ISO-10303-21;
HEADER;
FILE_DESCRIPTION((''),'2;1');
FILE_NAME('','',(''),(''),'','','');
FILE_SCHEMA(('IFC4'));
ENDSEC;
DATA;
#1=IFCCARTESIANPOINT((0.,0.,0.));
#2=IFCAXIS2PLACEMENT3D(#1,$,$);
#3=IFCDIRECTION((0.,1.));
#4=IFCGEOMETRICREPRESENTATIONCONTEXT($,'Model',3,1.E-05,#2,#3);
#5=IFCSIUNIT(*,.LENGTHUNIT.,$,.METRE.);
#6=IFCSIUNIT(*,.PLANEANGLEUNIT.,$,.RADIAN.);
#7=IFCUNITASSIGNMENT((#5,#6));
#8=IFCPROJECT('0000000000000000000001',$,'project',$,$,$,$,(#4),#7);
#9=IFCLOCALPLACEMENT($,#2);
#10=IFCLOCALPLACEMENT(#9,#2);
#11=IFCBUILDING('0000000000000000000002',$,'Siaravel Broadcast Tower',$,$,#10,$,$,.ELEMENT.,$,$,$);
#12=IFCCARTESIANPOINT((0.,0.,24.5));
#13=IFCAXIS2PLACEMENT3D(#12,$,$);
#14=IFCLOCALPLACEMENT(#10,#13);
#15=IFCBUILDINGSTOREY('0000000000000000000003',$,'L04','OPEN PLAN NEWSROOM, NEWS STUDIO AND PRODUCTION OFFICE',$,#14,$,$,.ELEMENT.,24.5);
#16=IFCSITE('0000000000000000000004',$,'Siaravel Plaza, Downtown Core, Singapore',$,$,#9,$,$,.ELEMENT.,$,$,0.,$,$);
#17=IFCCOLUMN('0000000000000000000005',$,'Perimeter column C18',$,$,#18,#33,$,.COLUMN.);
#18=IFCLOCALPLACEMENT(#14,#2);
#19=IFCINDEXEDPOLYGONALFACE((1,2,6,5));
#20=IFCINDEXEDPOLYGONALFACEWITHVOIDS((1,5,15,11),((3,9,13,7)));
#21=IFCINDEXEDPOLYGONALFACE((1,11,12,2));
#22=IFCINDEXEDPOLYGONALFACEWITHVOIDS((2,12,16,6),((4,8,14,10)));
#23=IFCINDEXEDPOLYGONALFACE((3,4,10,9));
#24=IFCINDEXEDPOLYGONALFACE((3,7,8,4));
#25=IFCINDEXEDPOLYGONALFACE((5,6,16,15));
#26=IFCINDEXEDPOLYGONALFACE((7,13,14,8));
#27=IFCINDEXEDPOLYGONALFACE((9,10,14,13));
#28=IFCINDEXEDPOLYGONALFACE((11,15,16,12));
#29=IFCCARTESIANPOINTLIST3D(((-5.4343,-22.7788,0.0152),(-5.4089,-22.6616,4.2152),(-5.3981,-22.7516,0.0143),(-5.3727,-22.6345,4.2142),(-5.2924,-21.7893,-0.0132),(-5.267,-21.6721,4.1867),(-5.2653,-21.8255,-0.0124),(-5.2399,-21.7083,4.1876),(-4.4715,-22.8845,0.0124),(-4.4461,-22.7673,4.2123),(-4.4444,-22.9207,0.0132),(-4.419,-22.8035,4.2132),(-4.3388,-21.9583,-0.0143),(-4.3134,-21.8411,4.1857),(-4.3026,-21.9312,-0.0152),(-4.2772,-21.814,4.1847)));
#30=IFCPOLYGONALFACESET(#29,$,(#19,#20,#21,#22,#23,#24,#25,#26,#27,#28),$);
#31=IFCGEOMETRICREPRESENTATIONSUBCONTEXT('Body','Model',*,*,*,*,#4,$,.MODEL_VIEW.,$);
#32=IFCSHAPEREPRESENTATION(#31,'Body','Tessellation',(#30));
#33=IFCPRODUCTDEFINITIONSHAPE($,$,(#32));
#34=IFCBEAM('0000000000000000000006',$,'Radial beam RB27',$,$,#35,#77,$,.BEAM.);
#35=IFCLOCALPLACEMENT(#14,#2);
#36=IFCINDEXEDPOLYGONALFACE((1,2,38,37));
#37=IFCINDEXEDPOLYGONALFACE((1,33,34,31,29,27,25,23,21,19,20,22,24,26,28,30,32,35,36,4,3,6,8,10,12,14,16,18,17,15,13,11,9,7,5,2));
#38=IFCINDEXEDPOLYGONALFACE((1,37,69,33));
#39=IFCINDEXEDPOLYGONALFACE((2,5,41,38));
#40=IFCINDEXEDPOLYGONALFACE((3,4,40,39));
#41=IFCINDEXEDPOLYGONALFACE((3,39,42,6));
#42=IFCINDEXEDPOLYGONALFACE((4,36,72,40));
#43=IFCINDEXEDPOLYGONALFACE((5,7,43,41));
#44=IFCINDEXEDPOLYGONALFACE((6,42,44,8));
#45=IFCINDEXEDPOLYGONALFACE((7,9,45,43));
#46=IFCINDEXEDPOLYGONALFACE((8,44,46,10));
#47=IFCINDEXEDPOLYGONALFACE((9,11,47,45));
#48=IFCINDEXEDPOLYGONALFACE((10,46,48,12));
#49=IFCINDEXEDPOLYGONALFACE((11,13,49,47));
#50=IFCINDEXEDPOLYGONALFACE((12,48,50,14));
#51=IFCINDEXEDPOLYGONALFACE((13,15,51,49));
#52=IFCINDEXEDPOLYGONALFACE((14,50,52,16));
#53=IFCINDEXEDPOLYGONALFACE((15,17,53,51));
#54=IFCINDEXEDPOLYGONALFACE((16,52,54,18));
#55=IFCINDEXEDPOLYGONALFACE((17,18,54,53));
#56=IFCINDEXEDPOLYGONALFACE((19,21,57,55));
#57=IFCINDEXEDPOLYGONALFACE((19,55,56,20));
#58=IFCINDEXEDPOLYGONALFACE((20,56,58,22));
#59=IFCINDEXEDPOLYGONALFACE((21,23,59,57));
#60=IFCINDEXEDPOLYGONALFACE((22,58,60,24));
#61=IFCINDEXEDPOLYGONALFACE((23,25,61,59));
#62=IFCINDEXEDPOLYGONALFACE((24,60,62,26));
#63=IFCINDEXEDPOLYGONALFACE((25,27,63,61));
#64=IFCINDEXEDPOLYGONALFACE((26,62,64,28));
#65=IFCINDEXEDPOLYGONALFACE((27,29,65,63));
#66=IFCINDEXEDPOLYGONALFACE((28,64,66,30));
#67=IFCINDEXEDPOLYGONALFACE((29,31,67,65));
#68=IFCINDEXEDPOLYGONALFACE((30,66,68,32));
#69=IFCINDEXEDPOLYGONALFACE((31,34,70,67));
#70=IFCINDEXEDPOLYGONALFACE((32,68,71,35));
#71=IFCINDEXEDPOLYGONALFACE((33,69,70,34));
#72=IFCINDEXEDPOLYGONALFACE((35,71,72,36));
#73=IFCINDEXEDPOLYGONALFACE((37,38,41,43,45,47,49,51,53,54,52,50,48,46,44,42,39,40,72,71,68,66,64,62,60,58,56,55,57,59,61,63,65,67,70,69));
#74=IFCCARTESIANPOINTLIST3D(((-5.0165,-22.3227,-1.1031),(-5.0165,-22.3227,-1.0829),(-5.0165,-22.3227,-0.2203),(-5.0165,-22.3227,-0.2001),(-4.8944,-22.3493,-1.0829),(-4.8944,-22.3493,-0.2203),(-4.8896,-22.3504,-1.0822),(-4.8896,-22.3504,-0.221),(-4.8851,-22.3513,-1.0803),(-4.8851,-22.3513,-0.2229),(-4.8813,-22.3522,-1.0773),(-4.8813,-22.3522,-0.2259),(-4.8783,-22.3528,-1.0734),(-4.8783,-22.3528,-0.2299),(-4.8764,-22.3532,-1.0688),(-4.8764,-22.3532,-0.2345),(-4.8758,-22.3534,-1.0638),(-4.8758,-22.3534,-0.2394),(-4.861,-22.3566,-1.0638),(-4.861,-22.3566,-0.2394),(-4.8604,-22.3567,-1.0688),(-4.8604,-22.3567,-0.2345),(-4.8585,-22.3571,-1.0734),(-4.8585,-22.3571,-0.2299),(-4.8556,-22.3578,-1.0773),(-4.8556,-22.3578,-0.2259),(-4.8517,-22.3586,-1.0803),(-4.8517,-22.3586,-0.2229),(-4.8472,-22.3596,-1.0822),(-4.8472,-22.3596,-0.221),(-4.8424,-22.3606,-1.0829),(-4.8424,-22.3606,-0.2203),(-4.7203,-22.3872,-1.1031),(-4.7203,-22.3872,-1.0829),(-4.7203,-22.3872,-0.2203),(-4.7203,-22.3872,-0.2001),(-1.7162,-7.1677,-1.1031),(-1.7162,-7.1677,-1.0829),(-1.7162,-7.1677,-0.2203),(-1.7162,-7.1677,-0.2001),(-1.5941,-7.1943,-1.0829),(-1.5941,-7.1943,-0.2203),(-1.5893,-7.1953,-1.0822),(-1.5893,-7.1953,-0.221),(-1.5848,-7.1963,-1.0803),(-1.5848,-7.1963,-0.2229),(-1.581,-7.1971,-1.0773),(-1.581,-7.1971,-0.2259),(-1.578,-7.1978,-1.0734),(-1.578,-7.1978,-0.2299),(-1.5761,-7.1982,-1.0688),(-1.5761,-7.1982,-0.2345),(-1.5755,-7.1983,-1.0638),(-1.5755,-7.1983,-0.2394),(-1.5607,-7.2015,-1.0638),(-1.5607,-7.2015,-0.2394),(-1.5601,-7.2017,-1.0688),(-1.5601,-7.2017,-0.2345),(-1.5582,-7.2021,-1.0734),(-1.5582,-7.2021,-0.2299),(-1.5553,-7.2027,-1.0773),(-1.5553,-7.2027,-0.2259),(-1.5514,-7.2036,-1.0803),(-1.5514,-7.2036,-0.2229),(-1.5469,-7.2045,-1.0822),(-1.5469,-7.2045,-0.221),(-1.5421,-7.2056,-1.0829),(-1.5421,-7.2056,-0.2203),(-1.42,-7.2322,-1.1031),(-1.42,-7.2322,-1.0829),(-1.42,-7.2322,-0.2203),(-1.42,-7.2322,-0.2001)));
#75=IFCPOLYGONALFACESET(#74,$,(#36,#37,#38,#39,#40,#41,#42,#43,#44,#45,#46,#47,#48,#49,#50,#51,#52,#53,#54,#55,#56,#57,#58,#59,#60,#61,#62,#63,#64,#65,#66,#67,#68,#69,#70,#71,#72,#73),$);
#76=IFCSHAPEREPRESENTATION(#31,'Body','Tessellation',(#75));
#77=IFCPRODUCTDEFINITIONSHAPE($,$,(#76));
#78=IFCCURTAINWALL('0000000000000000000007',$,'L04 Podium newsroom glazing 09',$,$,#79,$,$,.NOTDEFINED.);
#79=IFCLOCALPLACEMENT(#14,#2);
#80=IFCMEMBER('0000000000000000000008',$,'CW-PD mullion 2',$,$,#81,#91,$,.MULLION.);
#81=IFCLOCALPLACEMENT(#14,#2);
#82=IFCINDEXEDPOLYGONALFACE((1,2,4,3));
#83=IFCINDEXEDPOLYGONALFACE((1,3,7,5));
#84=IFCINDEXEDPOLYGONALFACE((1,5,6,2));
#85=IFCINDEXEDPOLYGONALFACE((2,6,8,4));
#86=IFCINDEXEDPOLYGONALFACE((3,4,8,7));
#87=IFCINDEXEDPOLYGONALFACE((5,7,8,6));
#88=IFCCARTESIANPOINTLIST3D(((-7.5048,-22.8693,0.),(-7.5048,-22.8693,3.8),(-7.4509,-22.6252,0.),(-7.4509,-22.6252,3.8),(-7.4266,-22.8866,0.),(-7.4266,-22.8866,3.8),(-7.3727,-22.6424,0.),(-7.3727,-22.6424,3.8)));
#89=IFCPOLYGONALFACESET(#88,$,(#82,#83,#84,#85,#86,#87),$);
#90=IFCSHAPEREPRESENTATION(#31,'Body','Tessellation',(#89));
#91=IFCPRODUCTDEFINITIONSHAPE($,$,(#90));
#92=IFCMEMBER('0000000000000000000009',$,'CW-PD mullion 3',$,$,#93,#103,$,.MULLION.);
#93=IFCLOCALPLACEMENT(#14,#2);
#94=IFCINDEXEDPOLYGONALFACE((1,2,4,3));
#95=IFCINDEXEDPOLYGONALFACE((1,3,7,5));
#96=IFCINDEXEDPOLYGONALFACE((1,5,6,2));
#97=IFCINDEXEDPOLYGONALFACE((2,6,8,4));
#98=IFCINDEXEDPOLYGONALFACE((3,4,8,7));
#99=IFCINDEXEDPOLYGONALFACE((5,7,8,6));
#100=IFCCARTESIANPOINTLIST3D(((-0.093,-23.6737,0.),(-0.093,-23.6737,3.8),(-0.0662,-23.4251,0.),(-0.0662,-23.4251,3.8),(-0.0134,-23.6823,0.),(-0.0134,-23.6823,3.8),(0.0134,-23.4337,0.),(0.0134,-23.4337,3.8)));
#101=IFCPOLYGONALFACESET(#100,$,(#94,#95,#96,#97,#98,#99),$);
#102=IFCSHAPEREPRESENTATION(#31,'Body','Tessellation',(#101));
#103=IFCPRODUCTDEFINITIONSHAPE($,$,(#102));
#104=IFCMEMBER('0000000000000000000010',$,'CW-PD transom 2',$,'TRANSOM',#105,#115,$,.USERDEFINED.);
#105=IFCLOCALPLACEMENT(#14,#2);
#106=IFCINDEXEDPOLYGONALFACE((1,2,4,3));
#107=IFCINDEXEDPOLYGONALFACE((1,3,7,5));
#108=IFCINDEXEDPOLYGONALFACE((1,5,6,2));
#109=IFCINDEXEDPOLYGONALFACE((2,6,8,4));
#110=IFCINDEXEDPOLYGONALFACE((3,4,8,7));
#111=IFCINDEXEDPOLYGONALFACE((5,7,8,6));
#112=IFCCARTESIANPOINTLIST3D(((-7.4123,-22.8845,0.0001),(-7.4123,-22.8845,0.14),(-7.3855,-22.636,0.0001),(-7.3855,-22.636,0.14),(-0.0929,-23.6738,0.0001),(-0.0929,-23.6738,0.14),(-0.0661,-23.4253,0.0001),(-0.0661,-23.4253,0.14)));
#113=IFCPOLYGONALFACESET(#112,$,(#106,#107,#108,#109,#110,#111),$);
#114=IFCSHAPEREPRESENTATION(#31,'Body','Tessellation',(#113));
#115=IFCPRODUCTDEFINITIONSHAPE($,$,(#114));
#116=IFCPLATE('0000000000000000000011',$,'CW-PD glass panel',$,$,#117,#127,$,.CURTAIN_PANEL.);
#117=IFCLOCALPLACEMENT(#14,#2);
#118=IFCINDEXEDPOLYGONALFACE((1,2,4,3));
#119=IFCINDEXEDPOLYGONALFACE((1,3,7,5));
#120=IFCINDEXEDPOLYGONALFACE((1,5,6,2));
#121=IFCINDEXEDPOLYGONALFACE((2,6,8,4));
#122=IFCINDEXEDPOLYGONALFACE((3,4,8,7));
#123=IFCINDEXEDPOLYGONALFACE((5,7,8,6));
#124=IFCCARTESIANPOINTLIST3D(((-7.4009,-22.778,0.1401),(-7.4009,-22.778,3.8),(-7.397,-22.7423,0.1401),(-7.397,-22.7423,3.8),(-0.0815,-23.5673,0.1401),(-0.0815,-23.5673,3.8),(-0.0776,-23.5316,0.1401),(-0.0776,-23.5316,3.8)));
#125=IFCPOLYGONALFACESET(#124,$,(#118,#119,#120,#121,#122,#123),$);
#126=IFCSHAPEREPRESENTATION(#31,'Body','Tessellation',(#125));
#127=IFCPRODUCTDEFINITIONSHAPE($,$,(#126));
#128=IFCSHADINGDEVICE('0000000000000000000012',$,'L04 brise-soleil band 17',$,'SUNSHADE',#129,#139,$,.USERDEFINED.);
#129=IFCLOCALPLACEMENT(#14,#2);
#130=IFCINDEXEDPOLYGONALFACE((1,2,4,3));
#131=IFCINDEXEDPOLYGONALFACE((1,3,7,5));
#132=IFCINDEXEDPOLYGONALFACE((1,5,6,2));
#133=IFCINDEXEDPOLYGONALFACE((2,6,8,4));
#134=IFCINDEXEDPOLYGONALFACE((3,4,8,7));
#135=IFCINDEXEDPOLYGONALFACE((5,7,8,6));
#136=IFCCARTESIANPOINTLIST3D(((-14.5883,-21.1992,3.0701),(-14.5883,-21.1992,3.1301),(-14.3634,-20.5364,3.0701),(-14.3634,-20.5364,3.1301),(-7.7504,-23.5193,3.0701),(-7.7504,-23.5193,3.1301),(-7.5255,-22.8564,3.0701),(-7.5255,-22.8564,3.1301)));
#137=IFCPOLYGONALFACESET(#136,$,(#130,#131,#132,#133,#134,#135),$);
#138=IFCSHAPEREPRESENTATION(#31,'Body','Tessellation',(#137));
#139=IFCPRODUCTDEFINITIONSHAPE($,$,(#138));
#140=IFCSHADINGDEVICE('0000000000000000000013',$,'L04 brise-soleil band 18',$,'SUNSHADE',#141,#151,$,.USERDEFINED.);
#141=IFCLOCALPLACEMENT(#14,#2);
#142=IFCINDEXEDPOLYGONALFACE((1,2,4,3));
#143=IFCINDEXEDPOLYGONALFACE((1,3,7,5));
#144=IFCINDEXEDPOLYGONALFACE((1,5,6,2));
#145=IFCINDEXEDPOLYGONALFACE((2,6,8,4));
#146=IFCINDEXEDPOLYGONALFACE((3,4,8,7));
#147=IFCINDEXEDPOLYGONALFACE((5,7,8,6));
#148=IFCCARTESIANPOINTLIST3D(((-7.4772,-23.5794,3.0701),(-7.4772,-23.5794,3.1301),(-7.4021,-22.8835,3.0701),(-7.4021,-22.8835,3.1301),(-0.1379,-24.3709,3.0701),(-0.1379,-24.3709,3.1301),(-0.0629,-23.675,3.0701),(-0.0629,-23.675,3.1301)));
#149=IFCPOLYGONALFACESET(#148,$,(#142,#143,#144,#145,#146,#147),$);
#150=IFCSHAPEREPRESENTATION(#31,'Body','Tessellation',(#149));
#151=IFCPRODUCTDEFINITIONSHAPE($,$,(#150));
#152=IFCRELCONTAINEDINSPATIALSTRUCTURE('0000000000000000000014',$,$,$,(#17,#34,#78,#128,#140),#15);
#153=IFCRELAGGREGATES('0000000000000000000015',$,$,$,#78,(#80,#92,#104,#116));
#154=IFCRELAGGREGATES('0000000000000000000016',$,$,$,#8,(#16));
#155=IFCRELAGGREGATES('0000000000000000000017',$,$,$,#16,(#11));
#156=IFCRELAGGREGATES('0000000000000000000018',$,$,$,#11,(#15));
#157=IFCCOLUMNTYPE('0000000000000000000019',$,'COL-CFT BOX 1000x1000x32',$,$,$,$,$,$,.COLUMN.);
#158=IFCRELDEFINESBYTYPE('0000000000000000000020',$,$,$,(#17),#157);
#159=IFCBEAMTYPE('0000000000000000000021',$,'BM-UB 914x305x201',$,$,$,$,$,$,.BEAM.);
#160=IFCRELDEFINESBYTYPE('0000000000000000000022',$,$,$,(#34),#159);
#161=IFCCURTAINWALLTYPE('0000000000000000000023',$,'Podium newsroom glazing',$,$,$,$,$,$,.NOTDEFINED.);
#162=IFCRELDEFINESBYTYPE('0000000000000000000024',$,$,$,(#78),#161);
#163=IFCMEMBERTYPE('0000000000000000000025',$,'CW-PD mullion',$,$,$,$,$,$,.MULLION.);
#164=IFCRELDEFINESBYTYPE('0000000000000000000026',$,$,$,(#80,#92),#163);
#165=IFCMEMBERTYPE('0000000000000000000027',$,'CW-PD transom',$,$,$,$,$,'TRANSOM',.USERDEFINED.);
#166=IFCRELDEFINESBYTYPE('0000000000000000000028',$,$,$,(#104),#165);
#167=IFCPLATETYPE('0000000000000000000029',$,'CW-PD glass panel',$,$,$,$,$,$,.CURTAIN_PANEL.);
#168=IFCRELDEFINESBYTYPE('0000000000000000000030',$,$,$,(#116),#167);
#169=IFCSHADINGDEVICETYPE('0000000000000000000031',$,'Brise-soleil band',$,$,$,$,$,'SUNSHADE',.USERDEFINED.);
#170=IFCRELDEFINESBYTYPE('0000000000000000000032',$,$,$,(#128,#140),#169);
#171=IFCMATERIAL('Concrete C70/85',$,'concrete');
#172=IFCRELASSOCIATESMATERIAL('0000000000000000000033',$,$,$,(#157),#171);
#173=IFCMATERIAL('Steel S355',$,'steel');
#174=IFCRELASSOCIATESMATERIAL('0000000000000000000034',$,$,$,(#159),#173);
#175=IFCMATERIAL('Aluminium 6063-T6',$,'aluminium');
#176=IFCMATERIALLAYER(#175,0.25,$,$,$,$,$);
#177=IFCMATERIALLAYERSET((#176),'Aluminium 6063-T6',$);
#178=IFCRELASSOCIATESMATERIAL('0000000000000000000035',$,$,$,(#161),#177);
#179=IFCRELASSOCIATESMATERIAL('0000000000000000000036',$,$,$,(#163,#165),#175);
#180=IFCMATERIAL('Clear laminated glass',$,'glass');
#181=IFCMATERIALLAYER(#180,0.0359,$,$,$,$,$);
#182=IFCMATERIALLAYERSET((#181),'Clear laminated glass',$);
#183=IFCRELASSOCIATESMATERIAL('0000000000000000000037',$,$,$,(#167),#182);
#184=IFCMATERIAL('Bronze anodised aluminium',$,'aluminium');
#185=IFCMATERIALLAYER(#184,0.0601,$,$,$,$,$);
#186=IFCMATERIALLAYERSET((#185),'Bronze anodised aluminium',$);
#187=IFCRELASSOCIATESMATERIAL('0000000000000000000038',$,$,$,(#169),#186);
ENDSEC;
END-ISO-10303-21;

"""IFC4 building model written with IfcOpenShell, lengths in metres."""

from ifc_helpers import new_model, si_unit, direction, frame, origin, origin_2d, place, context, subcontext, project, spatial, rectangle, hollow_rectangle, i_section, extrude, material, layer, layer_set, material_profile, profile_set, type_object, element, aggregate, save


model = new_model("IFC4")

# Units and contexts
model_context = context("Model", 3, precision=1e-05, world=origin(), true_north=direction((0.0, 1.0)))
body_context = subcontext(model_context, "Body", "Model", "MODEL_VIEW")
ifc_project = project(units=[si_unit("LENGTHUNIT", "METRE"), si_unit("PLANEANGLEUNIT", "RADIAN")], contexts=[model_context])

# Site, building, storey
site_placement = place(None, origin())
site = spatial("IfcSite", under=ifc_project, at=site_placement, Name="Siaravel Plaza, Downtown Core, Singapore", CompositionType="ELEMENT", RefElevation=0.0)
building_placement = place(site_placement, origin())
building = spatial("IfcBuilding", under=site, at=building_placement, Name="Siaravel Broadcast Tower", CompositionType="ELEMENT")
storey_placement = place(building_placement, frame((0.0, 0.0, 24.5)))
storey = spatial("IfcBuildingStorey", under=building, at=storey_placement, Name="L04", Description="OPEN PLAN NEWSROOM, NEWS STUDIO AND PRODUCTION OFFICE", CompositionType="ELEMENT", Elevation=24.5)

# Column
ifc_material_1 = material(Name="Concrete C70/85", Category="concrete")
ifc_material_profile_1 = material_profile(ifc_material_1, hollow_rectangle(XDim=1.0, YDim=1.0, WallThickness=0.032, at=origin_2d()))
ifc_profile_set_1 = profile_set([ifc_material_profile_1], Name="Concrete C70/85")
column_type = type_object("IfcColumnType", Name="COL-CFT BOX 1000x1000x32", PredefinedType="COLUMN", material=ifc_profile_set_1)
column_placement = place(storey_placement, frame((-4.8684, -22.355, 0.0), z_axis=(0.006043, 0.027891, 0.999593), x_axis=(-0.989874, 0.141934, 0.002024)))
element("IfcColumn", 1, at=column_placement, inside=storey, type_object=column_type, Name="Perimeter column C18", PredefinedType="COLUMN", context=body_context, shape_type="SweptSolid", body=[
    extrude(hollow_rectangle(XDim=1.0, YDim=1.0, WallThickness=0.032, at=origin_2d()), origin(), (0.0, 0.0, 1.0), 4.2017),
])

# Beam
ifc_material_2 = material(Name="Steel S355", Category="steel")
ifc_material_profile_2 = material_profile(ifc_material_2, i_section(OverallWidth=0.3032, OverallDepth=0.9031, WebThickness=0.0151, FlangeThickness=0.0203, FilletRadius=0.019, at=origin_2d()))
ifc_profile_set_2 = profile_set([ifc_material_profile_2], Name="Steel S355")
beam_type = type_object("IfcBeamType", Name="BM-UB 914x305x201", PredefinedType="BEAM", material=ifc_profile_set_2)
beam_placement = place(storey_placement, frame((-4.8684, -22.355, -0.6516), z_axis=(0.212782, 0.9771, 0.0), x_axis=(-0.9771, 0.212782, 0.0)))
element("IfcBeam", 2, at=beam_placement, inside=storey, type_object=beam_type, Name="Radial beam RB27", PredefinedType="BEAM", context=body_context, shape_type="SweptSolid", body=[
    extrude(i_section(OverallWidth=0.3032, OverallDepth=0.9031, WebThickness=0.0151, FlangeThickness=0.0203, FilletRadius=0.019, at=origin_2d()), origin(), (0.0, 0.0, 1.0), 15.5103),
])

# Curtain wall, members, plate
ifc_material_3 = material(Name="Aluminium 6063-T6", Category="aluminium")
ifc_layer_1 = layer(ifc_material_3, 0.25)
ifc_layer_set_1 = layer_set([ifc_layer_1], Name="Aluminium 6063-T6")
curtain_wall_type = type_object("IfcCurtainWallType", Name="Podium newsroom glazing", PredefinedType="NOTDEFINED", material=ifc_layer_set_1)
curtain_wall_placement = place(storey_placement, origin())
curtain_wall = element("IfcCurtainWall", 3, at=curtain_wall_placement, inside=storey, type_object=curtain_wall_type, Name="L04 Podium newsroom glazing 09", PredefinedType="NOTDEFINED")
ifc_material_profile_3 = material_profile(ifc_material_3, rectangle(XDim=0.25, YDim=0.0801, at=origin_2d()))
ifc_profile_set_3 = profile_set([ifc_material_profile_3], Name="Aluminium 6063-T6")
member_type_1 = type_object("IfcMemberType", Name="CW-PD mullion", PredefinedType="MULLION", material=ifc_profile_set_3)
member_1_placement = place(storey_placement, frame((-7.4387, -22.7559, 0.0), z_axis=(0.0, 0.0, 1.0), x_axis=(0.215558, 0.976491, 0.0)))
member_1 = element("IfcMember", 4, at=member_1_placement, type_object=member_type_1, Name="CW-PD mullion 2", PredefinedType="MULLION", context=body_context, shape_type="SweptSolid", body=[
    extrude(rectangle(XDim=0.25, YDim=0.0801, at=origin_2d()), origin(), (0.0, 0.0, 1.0), 3.8),
])
member_2_placement = place(storey_placement, frame((-0.0398, -23.5537, 0.0), z_axis=(0.0, 0.0, 1.0), x_axis=(0.107217, 0.994236, 0.0)))
member_2 = element("IfcMember", 5, at=member_2_placement, type_object=member_type_1, Name="CW-PD mullion 3", PredefinedType="MULLION", context=body_context, shape_type="SweptSolid", body=[
    extrude(rectangle(XDim=0.25, YDim=0.0801, at=origin_2d()), origin(), (0.0, 0.0, 1.0), 3.8),
])
ifc_material_profile_4 = material_profile(ifc_material_3, rectangle(XDim=0.25, YDim=0.1399, at=origin_2d()))
ifc_profile_set_4 = profile_set([ifc_material_profile_4], Name="Aluminium 6063-T6")
member_type_2 = type_object("IfcMemberType", Name="CW-PD transom", ElementType="TRANSOM", PredefinedType="USERDEFINED", material=ifc_profile_set_4)
member_3_placement = place(storey_placement, frame((-7.3989, -22.7603, 0.0701), z_axis=(0.994236, -0.107217, 0.0), x_axis=(0.107217, 0.994236, 0.0)))
member_3 = element("IfcMember", 6, at=member_3_placement, type_object=member_type_2, Name="CW-PD transom 2", ObjectType="TRANSOM", PredefinedType="USERDEFINED", context=body_context, shape_type="SweptSolid", body=[
    extrude(rectangle(XDim=0.25, YDim=0.1399, at=origin_2d()), origin(), (0.0, 0.0, 1.0), 7.3618),
])
ifc_material_4 = material(Name="Clear laminated glass", Category="glass")
ifc_layer_2 = layer(ifc_material_4, 0.0359)
ifc_layer_set_2 = layer_set([ifc_layer_2], Name="Clear laminated glass")
plate_type = type_object("IfcPlateType", Name="CW-PD glass panel", PredefinedType="CURTAIN_PANEL", material=ifc_layer_set_2)
plate_placement = place(storey_placement, frame((-3.7393, -23.1548, 0.1401), z_axis=(0.0, 0.0, 1.0), x_axis=(0.994236, -0.107217, 0.0)))
plate = element("IfcPlate", 7, at=plate_placement, type_object=plate_type, Name="CW-PD glass panel", PredefinedType="CURTAIN_PANEL", context=body_context, shape_type="SweptSolid", body=[
    extrude(rectangle(XDim=7.3618, YDim=0.0359, at=origin_2d()), origin(), (0.0, 0.0, 1.0), 3.6599),
])
aggregate(curtain_wall, [member_1, member_2, member_3, plate])

# Shading devices
ifc_material_5 = material(Name="Bronze anodised aluminium", Category="aluminium")
ifc_layer_3 = layer(ifc_material_5, 0.0601)
ifc_layer_set_3 = layer_set([ifc_layer_3], Name="Bronze anodised aluminium")
shading_device_type = type_object("IfcShadingDeviceType", Name="Brise-soleil band", ElementType="SUNSHADE", PredefinedType="USERDEFINED", material=ifc_layer_set_3)
shading_device_1_placement = place(storey_placement, frame((-11.0569, -22.0278, 3.0701), z_axis=(0.0, 0.0, 1.0), x_axis=(0.946977, -0.321301, 0.0)))
element("IfcShadingDevice", 8, at=shading_device_1_placement, inside=storey, type_object=shading_device_type, Name="L04 brise-soleil band 17", ObjectType="SUNSHADE", PredefinedType="USERDEFINED", context=body_context, shape_type="SweptSolid", body=[
    extrude(rectangle(XDim=7.2207, YDim=0.7, at=origin_2d()), origin(), (0.0, 0.0, 1.0), 0.0601),
])
shading_device_2_placement = place(storey_placement, frame((-3.77, -23.6272, 3.0701), z_axis=(0.0, 0.0, 1.0), x_axis=(0.994236, -0.107217, 0.0)))
element("IfcShadingDevice", 9, at=shading_device_2_placement, inside=storey, type_object=shading_device_type, Name="L04 brise-soleil band 18", ObjectType="SUNSHADE", PredefinedType="USERDEFINED", context=body_context, shape_type="SweptSolid", body=[
    extrude(rectangle(XDim=7.3818, YDim=0.7, at=origin_2d()), origin(), (0.0, 0.0, 1.0), 0.0601),
])

save(model, "model.ifc")
